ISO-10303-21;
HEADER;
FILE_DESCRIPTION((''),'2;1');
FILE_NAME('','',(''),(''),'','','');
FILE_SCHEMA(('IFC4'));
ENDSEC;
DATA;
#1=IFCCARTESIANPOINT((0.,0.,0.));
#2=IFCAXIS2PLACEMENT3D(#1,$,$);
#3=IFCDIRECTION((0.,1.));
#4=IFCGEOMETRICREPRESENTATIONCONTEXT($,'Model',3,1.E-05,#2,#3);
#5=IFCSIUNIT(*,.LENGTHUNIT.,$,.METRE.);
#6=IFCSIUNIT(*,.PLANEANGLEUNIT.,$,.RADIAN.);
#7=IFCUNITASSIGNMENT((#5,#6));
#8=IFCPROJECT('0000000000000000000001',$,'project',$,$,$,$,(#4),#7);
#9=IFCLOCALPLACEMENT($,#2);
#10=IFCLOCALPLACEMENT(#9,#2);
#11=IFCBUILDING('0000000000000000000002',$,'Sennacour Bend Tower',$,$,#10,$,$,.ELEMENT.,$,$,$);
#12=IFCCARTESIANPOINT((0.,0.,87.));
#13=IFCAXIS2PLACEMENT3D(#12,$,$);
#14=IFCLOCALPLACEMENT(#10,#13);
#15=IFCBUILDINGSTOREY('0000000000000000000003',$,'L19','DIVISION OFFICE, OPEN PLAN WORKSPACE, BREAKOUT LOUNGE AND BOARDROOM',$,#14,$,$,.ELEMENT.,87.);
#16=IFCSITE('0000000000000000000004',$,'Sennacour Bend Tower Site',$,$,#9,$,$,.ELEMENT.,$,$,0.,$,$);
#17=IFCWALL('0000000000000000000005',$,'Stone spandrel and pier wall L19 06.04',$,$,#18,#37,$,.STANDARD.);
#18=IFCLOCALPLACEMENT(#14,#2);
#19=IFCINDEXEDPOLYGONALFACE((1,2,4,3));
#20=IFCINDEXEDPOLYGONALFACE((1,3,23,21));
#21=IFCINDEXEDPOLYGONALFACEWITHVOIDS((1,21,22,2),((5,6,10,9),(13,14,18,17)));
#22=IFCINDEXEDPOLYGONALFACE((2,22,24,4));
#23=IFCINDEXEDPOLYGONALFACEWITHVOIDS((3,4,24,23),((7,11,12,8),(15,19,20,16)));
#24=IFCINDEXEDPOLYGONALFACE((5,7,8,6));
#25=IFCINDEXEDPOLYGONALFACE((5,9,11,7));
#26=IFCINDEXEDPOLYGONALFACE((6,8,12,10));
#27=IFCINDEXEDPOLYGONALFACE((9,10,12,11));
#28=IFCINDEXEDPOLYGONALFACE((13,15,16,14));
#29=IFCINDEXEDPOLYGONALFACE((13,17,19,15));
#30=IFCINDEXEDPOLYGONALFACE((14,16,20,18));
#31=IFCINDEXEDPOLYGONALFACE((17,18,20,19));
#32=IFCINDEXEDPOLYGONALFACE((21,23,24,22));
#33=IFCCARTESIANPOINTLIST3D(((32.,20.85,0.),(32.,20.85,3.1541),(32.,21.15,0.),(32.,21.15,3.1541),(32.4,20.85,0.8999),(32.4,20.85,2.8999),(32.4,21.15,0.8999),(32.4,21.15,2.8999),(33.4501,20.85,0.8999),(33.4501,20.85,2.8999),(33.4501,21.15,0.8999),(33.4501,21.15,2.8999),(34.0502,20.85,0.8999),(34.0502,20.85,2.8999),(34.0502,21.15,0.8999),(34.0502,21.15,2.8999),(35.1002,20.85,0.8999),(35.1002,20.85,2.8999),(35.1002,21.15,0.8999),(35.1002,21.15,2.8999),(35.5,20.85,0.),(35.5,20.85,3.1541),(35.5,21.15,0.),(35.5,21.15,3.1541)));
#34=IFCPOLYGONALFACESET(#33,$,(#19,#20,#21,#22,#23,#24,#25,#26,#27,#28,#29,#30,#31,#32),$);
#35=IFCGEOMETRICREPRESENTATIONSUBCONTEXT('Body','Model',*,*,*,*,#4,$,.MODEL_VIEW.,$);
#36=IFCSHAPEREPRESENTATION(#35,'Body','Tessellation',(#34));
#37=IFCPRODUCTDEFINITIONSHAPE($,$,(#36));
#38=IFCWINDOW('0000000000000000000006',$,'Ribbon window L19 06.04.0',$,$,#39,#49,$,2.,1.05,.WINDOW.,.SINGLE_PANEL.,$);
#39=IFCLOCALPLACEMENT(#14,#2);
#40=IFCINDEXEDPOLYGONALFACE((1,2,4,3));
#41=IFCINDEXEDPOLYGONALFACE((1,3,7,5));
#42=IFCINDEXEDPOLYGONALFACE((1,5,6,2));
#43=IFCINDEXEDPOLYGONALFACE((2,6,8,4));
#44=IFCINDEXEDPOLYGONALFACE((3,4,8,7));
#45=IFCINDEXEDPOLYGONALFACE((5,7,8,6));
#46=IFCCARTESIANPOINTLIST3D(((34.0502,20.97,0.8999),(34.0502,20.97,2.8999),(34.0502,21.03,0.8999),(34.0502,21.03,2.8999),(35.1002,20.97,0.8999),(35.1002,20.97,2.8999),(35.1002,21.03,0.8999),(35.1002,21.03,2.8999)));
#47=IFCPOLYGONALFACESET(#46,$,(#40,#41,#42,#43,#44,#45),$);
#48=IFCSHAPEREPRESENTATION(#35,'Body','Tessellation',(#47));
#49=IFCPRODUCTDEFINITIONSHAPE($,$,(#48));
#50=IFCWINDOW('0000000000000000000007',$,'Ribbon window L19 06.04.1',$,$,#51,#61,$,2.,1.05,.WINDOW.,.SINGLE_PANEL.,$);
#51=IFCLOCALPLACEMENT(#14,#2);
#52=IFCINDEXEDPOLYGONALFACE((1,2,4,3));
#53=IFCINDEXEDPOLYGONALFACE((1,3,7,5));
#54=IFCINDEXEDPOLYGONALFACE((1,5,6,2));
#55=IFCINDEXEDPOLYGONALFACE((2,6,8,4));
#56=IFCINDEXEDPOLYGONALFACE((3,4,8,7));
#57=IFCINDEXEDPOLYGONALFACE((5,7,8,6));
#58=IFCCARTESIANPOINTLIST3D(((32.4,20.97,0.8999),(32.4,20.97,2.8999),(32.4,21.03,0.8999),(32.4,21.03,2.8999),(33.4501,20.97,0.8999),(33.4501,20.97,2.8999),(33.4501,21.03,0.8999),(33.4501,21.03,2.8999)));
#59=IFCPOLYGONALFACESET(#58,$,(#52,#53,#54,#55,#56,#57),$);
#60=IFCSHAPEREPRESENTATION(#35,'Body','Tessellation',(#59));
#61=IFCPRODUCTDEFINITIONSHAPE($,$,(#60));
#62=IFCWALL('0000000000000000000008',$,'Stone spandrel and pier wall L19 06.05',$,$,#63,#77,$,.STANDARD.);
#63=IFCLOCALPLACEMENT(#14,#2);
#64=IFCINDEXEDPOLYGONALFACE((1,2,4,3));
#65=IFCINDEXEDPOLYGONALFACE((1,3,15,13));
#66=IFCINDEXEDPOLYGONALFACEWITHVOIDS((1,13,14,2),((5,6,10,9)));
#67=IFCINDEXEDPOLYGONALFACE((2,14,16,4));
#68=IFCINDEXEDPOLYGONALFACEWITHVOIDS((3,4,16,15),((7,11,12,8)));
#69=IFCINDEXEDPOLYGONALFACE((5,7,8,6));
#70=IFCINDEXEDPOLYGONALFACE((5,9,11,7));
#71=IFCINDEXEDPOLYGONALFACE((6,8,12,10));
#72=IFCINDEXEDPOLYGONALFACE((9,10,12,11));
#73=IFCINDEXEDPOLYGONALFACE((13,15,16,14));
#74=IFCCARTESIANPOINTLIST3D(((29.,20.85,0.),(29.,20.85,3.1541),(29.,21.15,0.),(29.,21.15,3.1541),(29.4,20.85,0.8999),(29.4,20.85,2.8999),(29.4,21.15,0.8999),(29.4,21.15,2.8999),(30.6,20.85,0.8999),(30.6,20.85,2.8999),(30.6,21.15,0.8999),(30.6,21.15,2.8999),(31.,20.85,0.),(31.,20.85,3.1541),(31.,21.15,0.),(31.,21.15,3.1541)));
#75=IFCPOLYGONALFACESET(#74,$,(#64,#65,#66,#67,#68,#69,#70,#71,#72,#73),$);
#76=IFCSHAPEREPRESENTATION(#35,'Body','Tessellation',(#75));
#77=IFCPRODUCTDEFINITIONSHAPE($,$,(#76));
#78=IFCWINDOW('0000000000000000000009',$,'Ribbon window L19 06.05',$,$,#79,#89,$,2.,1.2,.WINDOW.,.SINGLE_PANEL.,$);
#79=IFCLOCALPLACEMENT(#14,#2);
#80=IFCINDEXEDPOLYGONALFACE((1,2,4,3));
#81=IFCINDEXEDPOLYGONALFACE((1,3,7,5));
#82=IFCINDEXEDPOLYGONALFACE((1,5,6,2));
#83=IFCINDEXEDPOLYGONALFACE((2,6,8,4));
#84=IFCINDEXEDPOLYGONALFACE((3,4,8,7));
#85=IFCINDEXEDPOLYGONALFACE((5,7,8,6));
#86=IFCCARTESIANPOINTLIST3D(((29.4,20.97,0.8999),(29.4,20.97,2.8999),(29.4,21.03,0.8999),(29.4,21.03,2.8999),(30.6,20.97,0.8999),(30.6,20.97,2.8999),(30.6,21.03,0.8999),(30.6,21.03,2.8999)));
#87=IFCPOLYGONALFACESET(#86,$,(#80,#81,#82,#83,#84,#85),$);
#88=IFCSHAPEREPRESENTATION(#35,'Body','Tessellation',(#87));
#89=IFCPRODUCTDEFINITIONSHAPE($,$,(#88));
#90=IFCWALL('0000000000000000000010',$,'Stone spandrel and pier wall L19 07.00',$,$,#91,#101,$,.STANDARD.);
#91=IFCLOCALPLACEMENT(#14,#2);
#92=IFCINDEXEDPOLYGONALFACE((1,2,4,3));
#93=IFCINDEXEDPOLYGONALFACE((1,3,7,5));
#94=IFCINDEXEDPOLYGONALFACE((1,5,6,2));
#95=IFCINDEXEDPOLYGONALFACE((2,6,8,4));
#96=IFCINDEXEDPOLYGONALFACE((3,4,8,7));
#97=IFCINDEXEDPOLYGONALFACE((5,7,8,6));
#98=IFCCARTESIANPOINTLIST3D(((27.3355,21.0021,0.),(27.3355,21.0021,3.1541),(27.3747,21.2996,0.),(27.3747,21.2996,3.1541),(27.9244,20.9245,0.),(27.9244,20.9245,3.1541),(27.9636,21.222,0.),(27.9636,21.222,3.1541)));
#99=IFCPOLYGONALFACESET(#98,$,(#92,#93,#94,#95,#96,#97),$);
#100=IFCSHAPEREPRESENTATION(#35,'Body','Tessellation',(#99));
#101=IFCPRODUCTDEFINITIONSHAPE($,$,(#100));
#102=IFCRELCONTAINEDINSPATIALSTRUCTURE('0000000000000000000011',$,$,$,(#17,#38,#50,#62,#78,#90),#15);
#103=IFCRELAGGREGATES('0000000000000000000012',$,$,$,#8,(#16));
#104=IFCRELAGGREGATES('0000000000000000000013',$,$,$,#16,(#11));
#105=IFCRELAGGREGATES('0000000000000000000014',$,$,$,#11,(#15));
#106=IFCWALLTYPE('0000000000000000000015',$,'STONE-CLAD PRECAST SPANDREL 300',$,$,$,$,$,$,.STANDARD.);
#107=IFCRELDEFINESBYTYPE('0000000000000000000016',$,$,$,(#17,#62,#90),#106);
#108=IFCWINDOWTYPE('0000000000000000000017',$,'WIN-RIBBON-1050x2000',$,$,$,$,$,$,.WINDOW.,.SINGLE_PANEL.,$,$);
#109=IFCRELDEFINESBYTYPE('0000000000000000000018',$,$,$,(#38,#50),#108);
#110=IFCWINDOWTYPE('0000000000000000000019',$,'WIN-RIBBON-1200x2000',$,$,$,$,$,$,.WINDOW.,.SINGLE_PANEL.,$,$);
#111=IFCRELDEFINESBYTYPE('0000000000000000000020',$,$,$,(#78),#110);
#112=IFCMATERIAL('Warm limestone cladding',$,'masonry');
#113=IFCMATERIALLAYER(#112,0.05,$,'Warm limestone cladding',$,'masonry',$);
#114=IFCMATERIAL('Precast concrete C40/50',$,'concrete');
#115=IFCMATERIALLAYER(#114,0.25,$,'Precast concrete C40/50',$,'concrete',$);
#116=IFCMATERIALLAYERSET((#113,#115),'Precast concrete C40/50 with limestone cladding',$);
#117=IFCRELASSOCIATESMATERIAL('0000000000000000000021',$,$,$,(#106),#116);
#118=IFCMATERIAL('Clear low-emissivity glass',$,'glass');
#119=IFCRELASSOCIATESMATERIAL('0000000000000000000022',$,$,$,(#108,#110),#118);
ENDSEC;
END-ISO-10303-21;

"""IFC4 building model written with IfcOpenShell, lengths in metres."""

from ifc_helpers import new_model, si_unit, direction, frame, frame_2d, origin, place, context, subcontext, project, spatial, rectangle, extrude, material, layer, layer_set, type_object, element, fill, save


model = new_model("IFC4")

# Units and contexts
model_context = context("Model", 3, precision=1e-05, world=origin(), true_north=direction((0.0, 1.0)))
body_context = subcontext(model_context, "Body", "Model", "MODEL_VIEW")
ifc_project = project(units=[si_unit("LENGTHUNIT", "METRE"), si_unit("PLANEANGLEUNIT", "RADIAN")], contexts=[model_context])

# Site, building, storey
site_placement = place(None, origin())
site = spatial("IfcSite", under=ifc_project, at=site_placement, Name="Sennacour Bend Tower Site", CompositionType="ELEMENT", RefElevation=0.0)
building_placement = place(site_placement, origin())
building = spatial("IfcBuilding", under=site, at=building_placement, Name="Sennacour Bend Tower", CompositionType="ELEMENT")
storey_placement = place(building_placement, frame((0.0, 0.0, 87.0)))
storey = spatial("IfcBuildingStorey", under=building, at=storey_placement, Name="L19", Description="DIVISION OFFICE, OPEN PLAN WORKSPACE, BREAKOUT LOUNGE AND BOARDROOM", CompositionType="ELEMENT", Elevation=87.0)

# Wall, openings, windows
ifc_material_1 = material(Name="Warm limestone cladding", Category="masonry")
ifc_layer_1 = layer(ifc_material_1, 0.05, Name="Warm limestone cladding", Category="masonry")
ifc_material_2 = material(Name="Precast concrete C40/50", Category="concrete")
ifc_layer_2 = layer(ifc_material_2, 0.25, Name="Precast concrete C40/50", Category="concrete")
ifc_layer_set_1 = layer_set([ifc_layer_1, ifc_layer_2], Name="Precast concrete C40/50 with limestone cladding")
wall_type_1 = type_object("IfcWallType", Name="STONE-CLAD PRECAST SPANDREL 300", PredefinedType="STANDARD", material=ifc_layer_set_1)
ifc_material_3 = material(Name="Clear low-emissivity glass", Category="glass")
window_type_1 = type_object("IfcWindowType", Name="WIN-RIBBON-1050x2000", PartitioningType="SINGLE_PANEL", PredefinedType="WINDOW", material=ifc_material_3)
wall_1_placement = place(storey_placement, frame((35.5, 21.0, 0.0), z_axis=(0.0, 0.0, 1.0), x_axis=(-1.0, 0.0, 0.0)))
wall_1 = element("IfcWall", 1, at=wall_1_placement, inside=storey, type_object=wall_type_1, Name="Stone spandrel and pier wall L19 06.04", PredefinedType="STANDARD", context=body_context, shape_type="SweptSolid", body=[
    extrude(rectangle(XDim=3.5, YDim=0.3, at=frame_2d((1.75, 0.0))), origin(), (0.0, 0.0, 1.0), 3.1541),
])
opening_1_placement = place(wall_1_placement, frame((0.3999, 0.0, 0.8999)))
opening_1 = element("IfcOpeningElement", 2, at=opening_1_placement, cuts=wall_1, PredefinedType="OPENING", context=body_context, shape_type="SweptSolid", body=[
    extrude(rectangle(XDim=1.05, YDim=2.0, at=frame_2d((0.5249, 1.0))), frame((0.0, 0.1602, 0.0), z_axis=(0.0, -1.0, 0.0), x_axis=(1.0, 0.0, 0.0)), (0.0, 0.0, 1.0), 0.3201),
])
opening_2_placement = place(wall_1_placement, frame((2.05, 0.0, 0.8999)))
opening_2 = element("IfcOpeningElement", 3, at=opening_2_placement, cuts=wall_1, PredefinedType="OPENING", context=body_context, shape_type="SweptSolid", body=[
    extrude(rectangle(XDim=1.05, YDim=2.0, at=frame_2d((0.5249, 1.0))), frame((0.0, 0.1602, 0.0), z_axis=(0.0, -1.0, 0.0), x_axis=(1.0, 0.0, 0.0)), (0.0, 0.0, 1.0), 0.3201),
])
window_1_placement = place(opening_1_placement, origin())
window_1 = element("IfcWindow", 4, at=window_1_placement, inside=storey, type_object=window_type_1, Name="Ribbon window L19 06.04.0", OverallHeight=2.0, OverallWidth=1.05, PartitioningType="SINGLE_PANEL", PredefinedType="WINDOW", context=body_context, shape_type="SweptSolid", body=[
    extrude(rectangle(XDim=1.05, YDim=2.0, at=frame_2d((0.5249, 1.0))), frame((0.0, 0.03, 0.0), z_axis=(0.0, -1.0, 0.0), x_axis=(1.0, 0.0, 0.0)), (0.0, 0.0, 1.0), 0.0601),
])
fill(opening_1, window_1)
window_2_placement = place(opening_2_placement, origin())
window_2 = element("IfcWindow", 5, at=window_2_placement, inside=storey, type_object=window_type_1, Name="Ribbon window L19 06.04.1", OverallHeight=2.0, OverallWidth=1.05, PartitioningType="SINGLE_PANEL", PredefinedType="WINDOW", context=body_context, shape_type="SweptSolid", body=[
    extrude(rectangle(XDim=1.05, YDim=2.0, at=frame_2d((0.5249, 1.0))), frame((0.0, 0.03, 0.0), z_axis=(0.0, -1.0, 0.0), x_axis=(1.0, 0.0, 0.0)), (0.0, 0.0, 1.0), 0.0601),
])
fill(opening_2, window_2)

# Wall, opening, window
wall_2_placement = place(storey_placement, frame((31.0, 21.0, 0.0), z_axis=(0.0, 0.0, 1.0), x_axis=(-1.0, 0.0, 0.0)))
wall_2 = element("IfcWall", 6, at=wall_2_placement, inside=storey, type_object=wall_type_1, Name="Stone spandrel and pier wall L19 06.05", PredefinedType="STANDARD", context=body_context, shape_type="SweptSolid", body=[
    extrude(rectangle(XDim=2.0, YDim=0.3, at=frame_2d((1.0, 0.0))), origin(), (0.0, 0.0, 1.0), 3.1541),
])
opening_3_placement = place(wall_2_placement, frame((0.3999, 0.0, 0.8999)))
opening_3 = element("IfcOpeningElement", 7, at=opening_3_placement, cuts=wall_2, PredefinedType="OPENING", context=body_context, shape_type="SweptSolid", body=[
    extrude(rectangle(XDim=1.2, YDim=2.0, at=frame_2d((0.6001, 1.0))), frame((0.0, 0.1602, 0.0), z_axis=(0.0, -1.0, 0.0), x_axis=(1.0, 0.0, 0.0)), (0.0, 0.0, 1.0), 0.3201),
])
window_type_2 = type_object("IfcWindowType", Name="WIN-RIBBON-1200x2000", PartitioningType="SINGLE_PANEL", PredefinedType="WINDOW", material=ifc_material_3)
window_3_placement = place(opening_3_placement, origin())
window_3 = element("IfcWindow", 8, at=window_3_placement, inside=storey, type_object=window_type_2, Name="Ribbon window L19 06.05", OverallHeight=2.0, OverallWidth=1.2, PartitioningType="SINGLE_PANEL", PredefinedType="WINDOW", context=body_context, shape_type="SweptSolid", body=[
    extrude(rectangle(XDim=1.2, YDim=2.0, at=frame_2d((0.6001, 1.0))), frame((0.0, 0.03, 0.0), z_axis=(0.0, -1.0, 0.0), x_axis=(1.0, 0.0, 0.0)), (0.0, 0.0, 1.0), 0.0601),
])
fill(opening_3, window_3)

# Wall
wall_3_placement = place(storey_placement, frame((27.9438, 21.0732, 0.0), z_axis=(0.0, 0.0, 1.0), x_axis=(-0.991421, 0.13071, 0.0)))
element("IfcWall", 9, at=wall_3_placement, inside=storey, type_object=wall_type_1, Name="Stone spandrel and pier wall L19 07.00", PredefinedType="STANDARD", context=body_context, shape_type="SweptSolid", body=[
    extrude(rectangle(XDim=0.594, YDim=0.3, at=frame_2d((0.2969, 0.0))), origin(), (0.0, 0.0, 1.0), 3.1541),
])

save(model, "model.ifc")
